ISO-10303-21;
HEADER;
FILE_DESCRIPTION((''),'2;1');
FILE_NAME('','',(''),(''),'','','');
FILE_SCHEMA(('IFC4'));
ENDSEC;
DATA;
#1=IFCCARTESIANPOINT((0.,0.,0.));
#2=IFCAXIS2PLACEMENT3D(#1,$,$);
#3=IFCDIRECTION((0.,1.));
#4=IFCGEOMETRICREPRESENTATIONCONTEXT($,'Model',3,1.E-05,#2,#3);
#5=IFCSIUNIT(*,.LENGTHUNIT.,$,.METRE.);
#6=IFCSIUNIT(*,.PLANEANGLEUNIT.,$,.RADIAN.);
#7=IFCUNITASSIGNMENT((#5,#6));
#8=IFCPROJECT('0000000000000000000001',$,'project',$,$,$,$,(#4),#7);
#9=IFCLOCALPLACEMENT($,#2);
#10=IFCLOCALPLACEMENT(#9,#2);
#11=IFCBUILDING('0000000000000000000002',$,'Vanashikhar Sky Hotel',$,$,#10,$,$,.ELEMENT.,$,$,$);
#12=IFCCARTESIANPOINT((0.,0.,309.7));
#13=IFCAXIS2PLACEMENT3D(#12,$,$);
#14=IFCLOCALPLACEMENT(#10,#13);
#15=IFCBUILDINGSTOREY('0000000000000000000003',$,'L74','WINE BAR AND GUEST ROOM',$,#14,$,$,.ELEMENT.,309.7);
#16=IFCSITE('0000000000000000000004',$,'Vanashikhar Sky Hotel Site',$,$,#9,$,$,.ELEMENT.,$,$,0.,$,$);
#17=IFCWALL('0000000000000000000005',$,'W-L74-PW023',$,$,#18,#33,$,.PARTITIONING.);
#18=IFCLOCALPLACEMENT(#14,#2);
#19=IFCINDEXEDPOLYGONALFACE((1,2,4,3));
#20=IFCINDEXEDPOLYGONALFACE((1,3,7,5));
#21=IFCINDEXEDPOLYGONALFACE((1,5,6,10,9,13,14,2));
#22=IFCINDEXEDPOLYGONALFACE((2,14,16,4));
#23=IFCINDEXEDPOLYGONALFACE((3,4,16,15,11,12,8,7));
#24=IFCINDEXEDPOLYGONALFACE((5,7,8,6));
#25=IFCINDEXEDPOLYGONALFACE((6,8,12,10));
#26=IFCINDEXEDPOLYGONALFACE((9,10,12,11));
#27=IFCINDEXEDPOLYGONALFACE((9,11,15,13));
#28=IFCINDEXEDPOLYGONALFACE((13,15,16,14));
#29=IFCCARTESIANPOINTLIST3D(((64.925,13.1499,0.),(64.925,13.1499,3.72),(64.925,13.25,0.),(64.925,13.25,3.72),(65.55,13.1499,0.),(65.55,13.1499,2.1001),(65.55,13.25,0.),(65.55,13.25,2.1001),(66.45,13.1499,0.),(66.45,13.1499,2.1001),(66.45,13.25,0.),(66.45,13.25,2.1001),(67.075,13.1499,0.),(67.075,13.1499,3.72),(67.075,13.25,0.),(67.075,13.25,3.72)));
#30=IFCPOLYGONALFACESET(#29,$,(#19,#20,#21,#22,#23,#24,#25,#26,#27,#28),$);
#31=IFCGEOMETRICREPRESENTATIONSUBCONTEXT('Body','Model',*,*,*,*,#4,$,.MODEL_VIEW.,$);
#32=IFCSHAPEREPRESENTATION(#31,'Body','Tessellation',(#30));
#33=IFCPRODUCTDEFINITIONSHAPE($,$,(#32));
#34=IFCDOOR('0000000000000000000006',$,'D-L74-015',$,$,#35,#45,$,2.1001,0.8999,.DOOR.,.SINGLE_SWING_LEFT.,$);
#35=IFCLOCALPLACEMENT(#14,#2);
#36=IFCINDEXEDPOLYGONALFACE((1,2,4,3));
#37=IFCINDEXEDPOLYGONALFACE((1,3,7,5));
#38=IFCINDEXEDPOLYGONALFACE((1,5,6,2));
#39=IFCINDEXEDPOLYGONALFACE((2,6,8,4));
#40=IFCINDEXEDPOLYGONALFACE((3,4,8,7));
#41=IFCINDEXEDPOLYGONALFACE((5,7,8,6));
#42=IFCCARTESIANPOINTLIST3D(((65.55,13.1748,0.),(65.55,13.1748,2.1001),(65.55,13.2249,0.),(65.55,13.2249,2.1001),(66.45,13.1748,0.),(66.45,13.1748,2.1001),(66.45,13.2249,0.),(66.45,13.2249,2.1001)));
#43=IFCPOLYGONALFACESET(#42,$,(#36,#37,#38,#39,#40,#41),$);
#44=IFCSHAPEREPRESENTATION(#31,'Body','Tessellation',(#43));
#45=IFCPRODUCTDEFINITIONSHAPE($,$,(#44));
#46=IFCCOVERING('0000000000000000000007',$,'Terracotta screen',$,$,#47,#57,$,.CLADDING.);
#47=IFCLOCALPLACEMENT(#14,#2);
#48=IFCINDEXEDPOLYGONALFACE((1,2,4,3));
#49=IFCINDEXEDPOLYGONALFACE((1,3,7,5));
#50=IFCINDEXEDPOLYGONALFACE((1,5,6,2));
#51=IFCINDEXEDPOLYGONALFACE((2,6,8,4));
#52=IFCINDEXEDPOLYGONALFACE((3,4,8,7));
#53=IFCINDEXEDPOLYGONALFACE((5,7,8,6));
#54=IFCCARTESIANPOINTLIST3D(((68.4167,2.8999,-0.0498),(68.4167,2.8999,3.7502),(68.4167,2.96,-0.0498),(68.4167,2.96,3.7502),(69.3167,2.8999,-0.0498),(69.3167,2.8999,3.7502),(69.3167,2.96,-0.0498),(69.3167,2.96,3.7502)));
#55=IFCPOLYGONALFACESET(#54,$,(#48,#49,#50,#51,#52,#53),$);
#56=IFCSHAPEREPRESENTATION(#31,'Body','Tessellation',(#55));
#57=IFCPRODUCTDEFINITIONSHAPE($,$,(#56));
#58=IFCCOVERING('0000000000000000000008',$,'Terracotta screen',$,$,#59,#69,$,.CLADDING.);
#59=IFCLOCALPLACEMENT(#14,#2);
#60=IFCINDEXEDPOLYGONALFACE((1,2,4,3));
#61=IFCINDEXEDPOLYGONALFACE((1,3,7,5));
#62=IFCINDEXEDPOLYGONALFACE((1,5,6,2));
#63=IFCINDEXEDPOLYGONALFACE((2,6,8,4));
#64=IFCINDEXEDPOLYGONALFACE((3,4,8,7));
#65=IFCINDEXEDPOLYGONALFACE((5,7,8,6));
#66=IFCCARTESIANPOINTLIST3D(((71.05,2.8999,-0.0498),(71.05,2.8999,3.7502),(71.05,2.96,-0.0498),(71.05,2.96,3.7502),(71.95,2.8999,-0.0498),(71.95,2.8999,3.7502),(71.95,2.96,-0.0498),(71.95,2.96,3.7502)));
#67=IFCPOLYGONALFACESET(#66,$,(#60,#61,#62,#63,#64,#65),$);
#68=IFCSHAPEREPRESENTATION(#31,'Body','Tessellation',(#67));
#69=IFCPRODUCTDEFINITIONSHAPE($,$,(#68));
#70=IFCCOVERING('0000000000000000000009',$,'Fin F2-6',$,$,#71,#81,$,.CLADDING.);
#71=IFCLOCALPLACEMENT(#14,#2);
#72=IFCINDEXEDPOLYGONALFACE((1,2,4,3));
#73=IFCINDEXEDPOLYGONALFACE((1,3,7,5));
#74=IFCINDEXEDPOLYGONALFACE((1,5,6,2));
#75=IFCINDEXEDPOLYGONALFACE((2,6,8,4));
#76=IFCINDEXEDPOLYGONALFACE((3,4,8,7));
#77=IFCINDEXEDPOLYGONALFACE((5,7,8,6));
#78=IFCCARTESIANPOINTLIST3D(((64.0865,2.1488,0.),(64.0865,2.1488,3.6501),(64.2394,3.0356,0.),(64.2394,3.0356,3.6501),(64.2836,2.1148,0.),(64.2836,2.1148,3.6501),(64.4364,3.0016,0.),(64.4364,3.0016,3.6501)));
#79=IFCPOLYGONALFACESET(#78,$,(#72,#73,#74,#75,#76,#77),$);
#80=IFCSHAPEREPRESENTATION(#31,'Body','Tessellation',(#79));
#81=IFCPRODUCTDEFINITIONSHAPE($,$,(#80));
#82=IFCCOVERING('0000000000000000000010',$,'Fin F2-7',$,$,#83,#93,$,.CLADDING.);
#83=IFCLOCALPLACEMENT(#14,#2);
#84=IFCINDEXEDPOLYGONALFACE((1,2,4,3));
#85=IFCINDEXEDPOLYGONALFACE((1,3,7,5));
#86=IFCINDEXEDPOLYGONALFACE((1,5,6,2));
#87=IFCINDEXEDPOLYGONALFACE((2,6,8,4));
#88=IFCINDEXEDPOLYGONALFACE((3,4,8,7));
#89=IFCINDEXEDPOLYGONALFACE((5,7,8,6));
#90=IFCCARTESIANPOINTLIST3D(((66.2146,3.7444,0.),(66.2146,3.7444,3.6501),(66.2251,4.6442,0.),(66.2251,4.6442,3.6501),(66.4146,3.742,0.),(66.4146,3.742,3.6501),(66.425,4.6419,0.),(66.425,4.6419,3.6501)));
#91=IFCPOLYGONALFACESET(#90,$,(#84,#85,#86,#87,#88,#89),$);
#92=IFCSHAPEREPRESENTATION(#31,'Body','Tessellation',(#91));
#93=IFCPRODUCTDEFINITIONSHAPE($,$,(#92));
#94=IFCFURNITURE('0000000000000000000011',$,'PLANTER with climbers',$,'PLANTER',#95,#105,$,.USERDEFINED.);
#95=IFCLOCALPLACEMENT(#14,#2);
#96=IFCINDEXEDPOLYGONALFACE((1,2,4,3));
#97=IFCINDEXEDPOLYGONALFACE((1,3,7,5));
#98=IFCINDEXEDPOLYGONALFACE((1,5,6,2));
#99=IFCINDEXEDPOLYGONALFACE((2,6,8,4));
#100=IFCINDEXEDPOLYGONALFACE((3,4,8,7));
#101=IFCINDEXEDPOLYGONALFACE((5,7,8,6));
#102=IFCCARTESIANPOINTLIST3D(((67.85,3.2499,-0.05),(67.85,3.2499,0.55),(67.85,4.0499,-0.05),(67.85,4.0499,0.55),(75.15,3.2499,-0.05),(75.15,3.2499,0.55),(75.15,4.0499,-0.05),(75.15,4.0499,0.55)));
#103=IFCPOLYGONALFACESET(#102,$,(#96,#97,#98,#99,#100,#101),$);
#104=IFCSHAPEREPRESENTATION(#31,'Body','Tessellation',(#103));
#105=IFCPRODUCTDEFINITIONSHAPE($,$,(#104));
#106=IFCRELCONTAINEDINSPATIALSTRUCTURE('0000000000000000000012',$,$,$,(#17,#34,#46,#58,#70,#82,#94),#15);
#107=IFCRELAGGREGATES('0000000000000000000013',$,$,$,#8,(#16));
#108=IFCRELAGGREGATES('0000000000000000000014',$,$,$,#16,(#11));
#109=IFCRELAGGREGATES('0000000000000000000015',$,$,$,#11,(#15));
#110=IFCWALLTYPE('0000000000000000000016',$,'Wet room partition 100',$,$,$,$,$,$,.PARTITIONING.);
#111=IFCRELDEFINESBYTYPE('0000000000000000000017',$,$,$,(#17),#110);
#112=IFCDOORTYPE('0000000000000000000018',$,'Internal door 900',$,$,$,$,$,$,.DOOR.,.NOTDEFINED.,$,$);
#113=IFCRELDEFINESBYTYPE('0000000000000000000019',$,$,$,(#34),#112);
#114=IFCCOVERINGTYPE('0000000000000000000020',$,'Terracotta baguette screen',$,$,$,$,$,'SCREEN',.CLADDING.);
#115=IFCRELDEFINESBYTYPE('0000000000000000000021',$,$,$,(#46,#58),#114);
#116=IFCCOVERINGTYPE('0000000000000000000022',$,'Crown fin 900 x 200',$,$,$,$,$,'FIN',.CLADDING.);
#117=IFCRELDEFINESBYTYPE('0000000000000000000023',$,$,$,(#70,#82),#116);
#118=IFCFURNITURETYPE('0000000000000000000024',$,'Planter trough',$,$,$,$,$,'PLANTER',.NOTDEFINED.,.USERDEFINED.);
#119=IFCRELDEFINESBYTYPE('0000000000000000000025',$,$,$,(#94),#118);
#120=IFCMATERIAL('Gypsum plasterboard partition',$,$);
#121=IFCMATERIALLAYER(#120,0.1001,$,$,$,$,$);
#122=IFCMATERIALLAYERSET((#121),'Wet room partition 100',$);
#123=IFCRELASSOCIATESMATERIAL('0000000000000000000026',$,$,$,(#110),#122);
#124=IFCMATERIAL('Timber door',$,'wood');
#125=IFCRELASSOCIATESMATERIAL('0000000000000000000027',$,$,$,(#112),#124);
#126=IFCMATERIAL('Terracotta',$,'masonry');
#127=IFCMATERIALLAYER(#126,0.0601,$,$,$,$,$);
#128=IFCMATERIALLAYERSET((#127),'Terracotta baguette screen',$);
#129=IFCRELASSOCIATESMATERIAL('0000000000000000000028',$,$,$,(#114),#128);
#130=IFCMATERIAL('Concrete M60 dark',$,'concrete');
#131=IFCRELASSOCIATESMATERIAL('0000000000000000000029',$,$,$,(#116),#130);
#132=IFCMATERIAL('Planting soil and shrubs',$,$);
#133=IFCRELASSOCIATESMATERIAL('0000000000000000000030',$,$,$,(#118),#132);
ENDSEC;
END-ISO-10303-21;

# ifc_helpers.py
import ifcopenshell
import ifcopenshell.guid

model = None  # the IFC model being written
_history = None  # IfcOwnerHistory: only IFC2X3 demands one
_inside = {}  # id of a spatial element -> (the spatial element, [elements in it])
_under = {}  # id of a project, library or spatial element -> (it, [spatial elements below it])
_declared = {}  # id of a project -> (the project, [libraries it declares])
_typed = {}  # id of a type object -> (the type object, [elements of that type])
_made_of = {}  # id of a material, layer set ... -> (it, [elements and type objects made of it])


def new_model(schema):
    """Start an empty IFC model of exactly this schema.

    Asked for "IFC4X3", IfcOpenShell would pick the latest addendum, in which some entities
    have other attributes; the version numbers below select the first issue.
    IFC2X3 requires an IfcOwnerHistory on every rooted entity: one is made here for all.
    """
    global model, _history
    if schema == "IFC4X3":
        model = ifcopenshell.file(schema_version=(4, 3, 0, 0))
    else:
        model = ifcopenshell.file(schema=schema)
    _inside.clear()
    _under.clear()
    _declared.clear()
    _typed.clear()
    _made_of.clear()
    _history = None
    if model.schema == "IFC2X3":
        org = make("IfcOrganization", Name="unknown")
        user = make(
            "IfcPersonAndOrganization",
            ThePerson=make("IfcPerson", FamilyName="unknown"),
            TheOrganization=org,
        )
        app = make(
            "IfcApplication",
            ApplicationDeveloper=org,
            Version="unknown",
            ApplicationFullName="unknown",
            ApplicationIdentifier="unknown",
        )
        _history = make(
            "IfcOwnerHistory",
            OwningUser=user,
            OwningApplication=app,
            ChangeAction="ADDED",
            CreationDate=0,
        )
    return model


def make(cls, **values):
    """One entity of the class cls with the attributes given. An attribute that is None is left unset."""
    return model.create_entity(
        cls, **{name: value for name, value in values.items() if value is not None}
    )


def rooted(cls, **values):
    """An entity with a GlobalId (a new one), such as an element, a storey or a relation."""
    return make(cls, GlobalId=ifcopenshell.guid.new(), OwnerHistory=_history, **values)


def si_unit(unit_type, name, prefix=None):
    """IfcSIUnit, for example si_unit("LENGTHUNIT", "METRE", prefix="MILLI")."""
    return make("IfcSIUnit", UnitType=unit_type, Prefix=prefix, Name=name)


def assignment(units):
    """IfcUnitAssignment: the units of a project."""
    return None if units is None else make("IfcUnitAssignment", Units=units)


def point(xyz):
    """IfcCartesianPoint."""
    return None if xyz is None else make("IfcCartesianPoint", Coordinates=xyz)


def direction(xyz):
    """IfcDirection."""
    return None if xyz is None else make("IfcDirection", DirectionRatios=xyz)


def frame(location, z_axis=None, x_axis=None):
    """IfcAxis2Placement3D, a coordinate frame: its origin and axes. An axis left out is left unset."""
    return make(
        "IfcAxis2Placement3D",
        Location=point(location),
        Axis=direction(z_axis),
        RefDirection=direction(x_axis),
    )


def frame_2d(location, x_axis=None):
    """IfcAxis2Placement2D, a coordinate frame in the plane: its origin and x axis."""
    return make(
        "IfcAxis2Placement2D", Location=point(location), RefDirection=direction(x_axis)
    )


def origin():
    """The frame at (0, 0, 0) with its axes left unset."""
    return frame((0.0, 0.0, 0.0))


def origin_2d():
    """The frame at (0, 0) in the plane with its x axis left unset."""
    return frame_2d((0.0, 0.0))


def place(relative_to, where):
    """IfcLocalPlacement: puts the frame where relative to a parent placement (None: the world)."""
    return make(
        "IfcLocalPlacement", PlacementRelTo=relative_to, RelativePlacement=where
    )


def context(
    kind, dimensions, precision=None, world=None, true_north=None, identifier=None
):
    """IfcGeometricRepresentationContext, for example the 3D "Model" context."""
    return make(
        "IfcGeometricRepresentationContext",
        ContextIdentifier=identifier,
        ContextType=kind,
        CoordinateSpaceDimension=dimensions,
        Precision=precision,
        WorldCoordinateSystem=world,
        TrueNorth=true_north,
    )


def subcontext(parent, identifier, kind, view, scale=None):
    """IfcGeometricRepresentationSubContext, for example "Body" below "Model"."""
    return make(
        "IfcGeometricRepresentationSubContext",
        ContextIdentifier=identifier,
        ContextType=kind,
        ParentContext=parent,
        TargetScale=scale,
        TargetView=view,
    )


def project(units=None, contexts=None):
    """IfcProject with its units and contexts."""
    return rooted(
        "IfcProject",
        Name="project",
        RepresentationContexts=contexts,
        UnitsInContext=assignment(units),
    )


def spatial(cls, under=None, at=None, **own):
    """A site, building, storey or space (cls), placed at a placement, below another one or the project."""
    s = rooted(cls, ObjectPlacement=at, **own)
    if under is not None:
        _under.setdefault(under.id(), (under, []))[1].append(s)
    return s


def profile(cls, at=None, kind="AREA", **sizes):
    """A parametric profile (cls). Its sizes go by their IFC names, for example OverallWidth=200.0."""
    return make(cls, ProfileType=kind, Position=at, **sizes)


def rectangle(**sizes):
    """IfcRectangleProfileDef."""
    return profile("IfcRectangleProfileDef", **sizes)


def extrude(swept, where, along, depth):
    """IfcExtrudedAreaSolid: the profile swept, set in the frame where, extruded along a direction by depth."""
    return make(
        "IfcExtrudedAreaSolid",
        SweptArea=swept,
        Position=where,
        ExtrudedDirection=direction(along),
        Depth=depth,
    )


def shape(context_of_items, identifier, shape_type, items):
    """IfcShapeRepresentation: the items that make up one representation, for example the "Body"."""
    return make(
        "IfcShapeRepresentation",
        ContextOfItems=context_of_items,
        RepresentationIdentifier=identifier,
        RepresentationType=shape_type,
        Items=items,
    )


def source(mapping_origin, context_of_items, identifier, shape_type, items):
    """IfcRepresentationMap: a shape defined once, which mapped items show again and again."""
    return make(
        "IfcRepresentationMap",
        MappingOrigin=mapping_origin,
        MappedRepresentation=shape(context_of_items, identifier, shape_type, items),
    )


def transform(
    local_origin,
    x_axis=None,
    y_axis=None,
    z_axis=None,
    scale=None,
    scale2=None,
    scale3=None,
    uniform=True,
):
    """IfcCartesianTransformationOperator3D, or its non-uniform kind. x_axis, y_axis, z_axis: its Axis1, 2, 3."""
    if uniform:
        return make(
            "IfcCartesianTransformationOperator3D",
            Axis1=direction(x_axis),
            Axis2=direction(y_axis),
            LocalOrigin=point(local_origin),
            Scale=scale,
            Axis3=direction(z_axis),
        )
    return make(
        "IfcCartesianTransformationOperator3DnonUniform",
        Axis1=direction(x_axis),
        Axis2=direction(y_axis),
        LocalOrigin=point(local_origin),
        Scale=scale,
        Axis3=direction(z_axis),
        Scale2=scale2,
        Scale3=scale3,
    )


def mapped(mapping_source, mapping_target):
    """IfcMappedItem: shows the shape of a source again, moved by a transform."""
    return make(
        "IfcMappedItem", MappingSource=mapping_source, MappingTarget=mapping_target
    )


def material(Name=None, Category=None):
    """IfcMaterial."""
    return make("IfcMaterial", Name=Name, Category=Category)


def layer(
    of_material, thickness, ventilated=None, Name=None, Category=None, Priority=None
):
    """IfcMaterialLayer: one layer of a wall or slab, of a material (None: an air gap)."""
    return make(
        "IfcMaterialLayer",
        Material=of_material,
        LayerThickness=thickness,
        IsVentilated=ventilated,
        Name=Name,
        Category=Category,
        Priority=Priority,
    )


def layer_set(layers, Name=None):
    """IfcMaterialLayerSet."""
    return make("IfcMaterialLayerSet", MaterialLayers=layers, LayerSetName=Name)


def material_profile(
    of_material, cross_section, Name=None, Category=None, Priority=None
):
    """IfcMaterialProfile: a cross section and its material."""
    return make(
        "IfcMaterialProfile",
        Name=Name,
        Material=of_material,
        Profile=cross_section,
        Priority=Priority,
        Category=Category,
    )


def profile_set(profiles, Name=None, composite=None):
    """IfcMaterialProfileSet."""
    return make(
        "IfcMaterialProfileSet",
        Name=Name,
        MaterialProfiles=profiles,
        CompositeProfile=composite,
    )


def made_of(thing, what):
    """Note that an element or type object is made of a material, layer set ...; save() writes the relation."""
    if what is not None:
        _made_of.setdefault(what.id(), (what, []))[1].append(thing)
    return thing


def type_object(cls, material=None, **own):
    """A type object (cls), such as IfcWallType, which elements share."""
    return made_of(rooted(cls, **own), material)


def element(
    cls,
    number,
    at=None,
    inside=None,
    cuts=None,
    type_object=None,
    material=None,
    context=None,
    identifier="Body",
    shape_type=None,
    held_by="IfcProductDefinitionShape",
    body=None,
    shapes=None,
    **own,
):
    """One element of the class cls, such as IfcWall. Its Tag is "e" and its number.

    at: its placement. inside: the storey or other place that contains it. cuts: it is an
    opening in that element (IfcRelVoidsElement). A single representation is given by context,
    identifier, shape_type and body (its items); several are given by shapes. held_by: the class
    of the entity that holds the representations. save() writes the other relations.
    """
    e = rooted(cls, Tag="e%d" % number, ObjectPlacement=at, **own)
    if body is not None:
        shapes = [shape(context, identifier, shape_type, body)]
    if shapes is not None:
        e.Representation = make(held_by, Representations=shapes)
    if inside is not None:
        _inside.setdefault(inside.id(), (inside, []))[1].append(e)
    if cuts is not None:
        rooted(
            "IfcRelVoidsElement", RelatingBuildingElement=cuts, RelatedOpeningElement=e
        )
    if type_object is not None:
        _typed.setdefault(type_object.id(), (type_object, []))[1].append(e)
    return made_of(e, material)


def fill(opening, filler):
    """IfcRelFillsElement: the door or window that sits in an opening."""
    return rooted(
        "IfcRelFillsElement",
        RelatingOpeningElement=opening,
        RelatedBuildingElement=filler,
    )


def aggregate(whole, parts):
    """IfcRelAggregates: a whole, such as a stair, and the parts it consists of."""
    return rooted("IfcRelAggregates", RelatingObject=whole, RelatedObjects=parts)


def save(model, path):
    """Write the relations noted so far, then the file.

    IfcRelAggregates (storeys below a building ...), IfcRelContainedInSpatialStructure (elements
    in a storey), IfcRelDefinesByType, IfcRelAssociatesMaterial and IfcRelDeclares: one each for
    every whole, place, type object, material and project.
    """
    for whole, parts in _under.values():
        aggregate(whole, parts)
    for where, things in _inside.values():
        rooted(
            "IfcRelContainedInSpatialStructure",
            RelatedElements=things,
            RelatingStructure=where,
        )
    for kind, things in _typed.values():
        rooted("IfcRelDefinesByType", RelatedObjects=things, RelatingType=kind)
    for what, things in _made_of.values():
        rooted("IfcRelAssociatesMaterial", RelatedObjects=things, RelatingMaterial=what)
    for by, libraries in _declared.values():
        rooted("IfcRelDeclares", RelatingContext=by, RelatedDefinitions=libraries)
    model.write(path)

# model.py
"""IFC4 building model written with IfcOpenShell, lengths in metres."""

from ifc_helpers import new_model, si_unit, direction, frame, frame_2d, origin, origin_2d, place, context, subcontext, project, spatial, rectangle, extrude, source, transform, mapped, material, layer, layer_set, material_profile, profile_set, type_object, element, fill, save


model = new_model("IFC4")

# Units and contexts
model_context = context("Model", 3, precision=1e-05, world=origin(), true_north=direction((0.0, 1.0)))
body_context = subcontext(model_context, "Body", "Model", "MODEL_VIEW")
ifc_project = project(units=[si_unit("LENGTHUNIT", "METRE"), si_unit("PLANEANGLEUNIT", "RADIAN")], contexts=[model_context])

# Site, building, storey
site_placement = place(None, origin())
site = spatial("IfcSite", under=ifc_project, at=site_placement, Name="Vanashikhar Sky Hotel Site", CompositionType="ELEMENT", RefElevation=0.0)
building_placement = place(site_placement, origin())
building = spatial("IfcBuilding", under=site, at=building_placement, Name="Vanashikhar Sky Hotel", CompositionType="ELEMENT")
storey_placement = place(building_placement, frame((0.0, 0.0, 309.7)))
storey = spatial("IfcBuildingStorey", under=building, at=storey_placement, Name="L74", Description="WINE BAR AND GUEST ROOM", CompositionType="ELEMENT", Elevation=309.7)

# Shared definitions
ifc_material_1 = material(Name="Gypsum plasterboard partition")
ifc_layer_1 = layer(ifc_material_1, 0.1001)
ifc_layer_set_1 = layer_set([ifc_layer_1], Name="Wet room partition 100")
wall_type_1 = type_object("IfcWallType", Name="Wet room partition 100", PredefinedType="PARTITIONING", material=ifc_layer_set_1)

# Wall, opening, door
shared_shape_1 = source(origin(), body_context, "Body", "SweptSolid", [
    extrude(rectangle(XDim=0.8999, YDim=2.1001, at=frame_2d((0.45, 1.05))), frame((0.0, 0.0601, 0.0), z_axis=(0.0, -1.0, 0.0), x_axis=(1.0, 0.0, 0.0)), (0.0, 0.0, 1.0), 0.1201),
])
ifc_material_2 = material(Name="Timber door", Category="wood")
door_type_1 = type_object("IfcDoorType", Name="Internal door 900", OperationType="NOTDEFINED", PredefinedType="DOOR", material=ifc_material_2)
shared_shape_2 = source(origin(), body_context, "Body", "SweptSolid", [
    extrude(rectangle(XDim=0.8999, YDim=2.1001, at=frame_2d((0.45, 1.05))), frame((0.0, 0.0249, 0.0), z_axis=(0.0, -1.0, 0.0), x_axis=(1.0, 0.0, 0.0)), (0.0, 0.0, 1.0), 0.05),
])
shared_shape_3 = source(origin(), body_context, "Body", "SweptSolid", [
    extrude(rectangle(XDim=2.1499, YDim=0.1001, at=frame_2d((1.075, 0.0))), origin(), (0.0, 0.0, 1.0), 3.72),
])
wall_1_placement = place(storey_placement, frame((64.925, 13.2, 0.0), z_axis=(0.0, 0.0, 1.0), x_axis=(1.0, 0.0, 0.0)))
wall_1 = element("IfcWall", 1, at=wall_1_placement, inside=storey, type_object=wall_type_1, Name="W-L74-PW023", PredefinedType="PARTITIONING", context=body_context, shape_type="MappedRepresentation", body=[
    mapped(shared_shape_3, transform((0.0, 0.0, 0.0), scale=1.0)),
])
opening_1_placement = place(wall_1_placement, frame((0.625, 0.0, 0.0)))
opening_1 = element("IfcOpeningElement", 2, at=opening_1_placement, cuts=wall_1, PredefinedType="OPENING", context=body_context, shape_type="MappedRepresentation", body=[
    mapped(shared_shape_1, transform((0.0, 0.0, 0.0), scale=1.0)),
])
door_1_placement = place(opening_1_placement, origin())
door_1 = element("IfcDoor", 3, at=door_1_placement, inside=storey, type_object=door_type_1, Name="D-L74-015", OperationType="SINGLE_SWING_LEFT", OverallHeight=2.1001, OverallWidth=0.8999, PredefinedType="DOOR", context=body_context, shape_type="MappedRepresentation", body=[
    mapped(shared_shape_2, transform((0.0, 0.0, 0.0), scale=1.0)),
])
fill(opening_1, door_1)

# Coverings
ifc_material_3 = material(Name="Terracotta", Category="masonry")
ifc_layer_2 = layer(ifc_material_3, 0.0601)
ifc_layer_set_2 = layer_set([ifc_layer_2], Name="Terracotta baguette screen")
covering_type_1 = type_object("IfcCoveringType", Name="Terracotta baguette screen", ElementType="SCREEN", PredefinedType="CLADDING", material=ifc_layer_set_2)
shared_shape_4 = source(origin(), body_context, "Body", "SweptSolid", [
    extrude(rectangle(XDim=0.8999, YDim=0.0601, at=origin_2d()), origin(), (0.0, 0.0, 1.0), 3.8),
])
for number, where, z_axis, x_axis, name in (
    (4, (68.8667, 2.9299, -0.0498), (0.0, 0.0, 1.0), (1.0, 0.0, 0.0), "Terracotta screen"),
    (5, (71.5, 2.9299, -0.0498), (0.0, 0.0, 1.0), (1.0, 0.0, 0.0), "Terracotta screen"),
):
    element("IfcCovering", number, at=place(storey_placement, frame(where, z_axis=z_axis, x_axis=x_axis)), inside=storey, type_object=covering_type_1, Name=name, PredefinedType="CLADDING", context=body_context, shape_type="MappedRepresentation", body=[
        mapped(shared_shape_4, transform((0.0, 0.0, 0.0), scale=1.0)),
    ])
ifc_material_4 = material(Name="Concrete M60 dark", Category="concrete")
ifc_material_profile_1 = material_profile(ifc_material_4, rectangle(XDim=0.8999, YDim=0.2, at=origin_2d()))
ifc_profile_set_1 = profile_set([ifc_material_profile_1], Name="Crown fin 900 x 200")
covering_type_2 = type_object("IfcCoveringType", Name="Crown fin 900 x 200", ElementType="FIN", PredefinedType="CLADDING", material=ifc_profile_set_1)
shared_shape_5 = source(origin(), body_context, "Body", "SweptSolid", [
    extrude(rectangle(XDim=0.8999, YDim=0.2, at=origin_2d()), origin(), (0.0, 0.0, 1.0), 3.6501),
])
for number, where, z_axis, x_axis, name in (
    (6, (64.2615, 2.5752, 0.0), (0.0, 0.0, 1.0), (-0.1699, -0.985461, 0.0), "Fin F2-6"),
    (7, (66.3198, 4.1931, 0.0), (0.0, 0.0, 1.0), (-0.011589, -0.999933, 0.0), "Fin F2-7"),
):
    element("IfcCovering", number, at=place(storey_placement, frame(where, z_axis=z_axis, x_axis=x_axis)), inside=storey, type_object=covering_type_2, Name=name, PredefinedType="CLADDING", context=body_context, shape_type="MappedRepresentation", body=[
        mapped(shared_shape_5, transform((0.0, 0.0, 0.0), scale=1.0)),
    ])

# Furniture
ifc_material_5 = material(Name="Planting soil and shrubs")
furniture_type = type_object("IfcFurnitureType", Name="Planter trough", ElementType="PLANTER", AssemblyPlace="NOTDEFINED", PredefinedType="USERDEFINED", material=ifc_material_5)
shared_shape_6 = source(origin(), body_context, "Body", "SweptSolid", [
    extrude(rectangle(XDim=7.3, YDim=0.8, at=origin_2d()), origin(), (0.0, 0.0, 1.0), 0.6001),
])
furniture_placement = place(storey_placement, frame((71.5, 3.6499, -0.05), z_axis=(0.0, 0.0, 1.0), x_axis=(1.0, 0.0, 0.0)))
element("IfcFurniture", 8, at=furniture_placement, inside=storey, type_object=furniture_type, Name="PLANTER with climbers", ObjectType="PLANTER", PredefinedType="USERDEFINED", context=body_context, shape_type="MappedRepresentation", body=[
    mapped(shared_shape_6, transform((0.0, 0.0, 0.0), scale=1.0)),
])

save(model, "model.ifc")
